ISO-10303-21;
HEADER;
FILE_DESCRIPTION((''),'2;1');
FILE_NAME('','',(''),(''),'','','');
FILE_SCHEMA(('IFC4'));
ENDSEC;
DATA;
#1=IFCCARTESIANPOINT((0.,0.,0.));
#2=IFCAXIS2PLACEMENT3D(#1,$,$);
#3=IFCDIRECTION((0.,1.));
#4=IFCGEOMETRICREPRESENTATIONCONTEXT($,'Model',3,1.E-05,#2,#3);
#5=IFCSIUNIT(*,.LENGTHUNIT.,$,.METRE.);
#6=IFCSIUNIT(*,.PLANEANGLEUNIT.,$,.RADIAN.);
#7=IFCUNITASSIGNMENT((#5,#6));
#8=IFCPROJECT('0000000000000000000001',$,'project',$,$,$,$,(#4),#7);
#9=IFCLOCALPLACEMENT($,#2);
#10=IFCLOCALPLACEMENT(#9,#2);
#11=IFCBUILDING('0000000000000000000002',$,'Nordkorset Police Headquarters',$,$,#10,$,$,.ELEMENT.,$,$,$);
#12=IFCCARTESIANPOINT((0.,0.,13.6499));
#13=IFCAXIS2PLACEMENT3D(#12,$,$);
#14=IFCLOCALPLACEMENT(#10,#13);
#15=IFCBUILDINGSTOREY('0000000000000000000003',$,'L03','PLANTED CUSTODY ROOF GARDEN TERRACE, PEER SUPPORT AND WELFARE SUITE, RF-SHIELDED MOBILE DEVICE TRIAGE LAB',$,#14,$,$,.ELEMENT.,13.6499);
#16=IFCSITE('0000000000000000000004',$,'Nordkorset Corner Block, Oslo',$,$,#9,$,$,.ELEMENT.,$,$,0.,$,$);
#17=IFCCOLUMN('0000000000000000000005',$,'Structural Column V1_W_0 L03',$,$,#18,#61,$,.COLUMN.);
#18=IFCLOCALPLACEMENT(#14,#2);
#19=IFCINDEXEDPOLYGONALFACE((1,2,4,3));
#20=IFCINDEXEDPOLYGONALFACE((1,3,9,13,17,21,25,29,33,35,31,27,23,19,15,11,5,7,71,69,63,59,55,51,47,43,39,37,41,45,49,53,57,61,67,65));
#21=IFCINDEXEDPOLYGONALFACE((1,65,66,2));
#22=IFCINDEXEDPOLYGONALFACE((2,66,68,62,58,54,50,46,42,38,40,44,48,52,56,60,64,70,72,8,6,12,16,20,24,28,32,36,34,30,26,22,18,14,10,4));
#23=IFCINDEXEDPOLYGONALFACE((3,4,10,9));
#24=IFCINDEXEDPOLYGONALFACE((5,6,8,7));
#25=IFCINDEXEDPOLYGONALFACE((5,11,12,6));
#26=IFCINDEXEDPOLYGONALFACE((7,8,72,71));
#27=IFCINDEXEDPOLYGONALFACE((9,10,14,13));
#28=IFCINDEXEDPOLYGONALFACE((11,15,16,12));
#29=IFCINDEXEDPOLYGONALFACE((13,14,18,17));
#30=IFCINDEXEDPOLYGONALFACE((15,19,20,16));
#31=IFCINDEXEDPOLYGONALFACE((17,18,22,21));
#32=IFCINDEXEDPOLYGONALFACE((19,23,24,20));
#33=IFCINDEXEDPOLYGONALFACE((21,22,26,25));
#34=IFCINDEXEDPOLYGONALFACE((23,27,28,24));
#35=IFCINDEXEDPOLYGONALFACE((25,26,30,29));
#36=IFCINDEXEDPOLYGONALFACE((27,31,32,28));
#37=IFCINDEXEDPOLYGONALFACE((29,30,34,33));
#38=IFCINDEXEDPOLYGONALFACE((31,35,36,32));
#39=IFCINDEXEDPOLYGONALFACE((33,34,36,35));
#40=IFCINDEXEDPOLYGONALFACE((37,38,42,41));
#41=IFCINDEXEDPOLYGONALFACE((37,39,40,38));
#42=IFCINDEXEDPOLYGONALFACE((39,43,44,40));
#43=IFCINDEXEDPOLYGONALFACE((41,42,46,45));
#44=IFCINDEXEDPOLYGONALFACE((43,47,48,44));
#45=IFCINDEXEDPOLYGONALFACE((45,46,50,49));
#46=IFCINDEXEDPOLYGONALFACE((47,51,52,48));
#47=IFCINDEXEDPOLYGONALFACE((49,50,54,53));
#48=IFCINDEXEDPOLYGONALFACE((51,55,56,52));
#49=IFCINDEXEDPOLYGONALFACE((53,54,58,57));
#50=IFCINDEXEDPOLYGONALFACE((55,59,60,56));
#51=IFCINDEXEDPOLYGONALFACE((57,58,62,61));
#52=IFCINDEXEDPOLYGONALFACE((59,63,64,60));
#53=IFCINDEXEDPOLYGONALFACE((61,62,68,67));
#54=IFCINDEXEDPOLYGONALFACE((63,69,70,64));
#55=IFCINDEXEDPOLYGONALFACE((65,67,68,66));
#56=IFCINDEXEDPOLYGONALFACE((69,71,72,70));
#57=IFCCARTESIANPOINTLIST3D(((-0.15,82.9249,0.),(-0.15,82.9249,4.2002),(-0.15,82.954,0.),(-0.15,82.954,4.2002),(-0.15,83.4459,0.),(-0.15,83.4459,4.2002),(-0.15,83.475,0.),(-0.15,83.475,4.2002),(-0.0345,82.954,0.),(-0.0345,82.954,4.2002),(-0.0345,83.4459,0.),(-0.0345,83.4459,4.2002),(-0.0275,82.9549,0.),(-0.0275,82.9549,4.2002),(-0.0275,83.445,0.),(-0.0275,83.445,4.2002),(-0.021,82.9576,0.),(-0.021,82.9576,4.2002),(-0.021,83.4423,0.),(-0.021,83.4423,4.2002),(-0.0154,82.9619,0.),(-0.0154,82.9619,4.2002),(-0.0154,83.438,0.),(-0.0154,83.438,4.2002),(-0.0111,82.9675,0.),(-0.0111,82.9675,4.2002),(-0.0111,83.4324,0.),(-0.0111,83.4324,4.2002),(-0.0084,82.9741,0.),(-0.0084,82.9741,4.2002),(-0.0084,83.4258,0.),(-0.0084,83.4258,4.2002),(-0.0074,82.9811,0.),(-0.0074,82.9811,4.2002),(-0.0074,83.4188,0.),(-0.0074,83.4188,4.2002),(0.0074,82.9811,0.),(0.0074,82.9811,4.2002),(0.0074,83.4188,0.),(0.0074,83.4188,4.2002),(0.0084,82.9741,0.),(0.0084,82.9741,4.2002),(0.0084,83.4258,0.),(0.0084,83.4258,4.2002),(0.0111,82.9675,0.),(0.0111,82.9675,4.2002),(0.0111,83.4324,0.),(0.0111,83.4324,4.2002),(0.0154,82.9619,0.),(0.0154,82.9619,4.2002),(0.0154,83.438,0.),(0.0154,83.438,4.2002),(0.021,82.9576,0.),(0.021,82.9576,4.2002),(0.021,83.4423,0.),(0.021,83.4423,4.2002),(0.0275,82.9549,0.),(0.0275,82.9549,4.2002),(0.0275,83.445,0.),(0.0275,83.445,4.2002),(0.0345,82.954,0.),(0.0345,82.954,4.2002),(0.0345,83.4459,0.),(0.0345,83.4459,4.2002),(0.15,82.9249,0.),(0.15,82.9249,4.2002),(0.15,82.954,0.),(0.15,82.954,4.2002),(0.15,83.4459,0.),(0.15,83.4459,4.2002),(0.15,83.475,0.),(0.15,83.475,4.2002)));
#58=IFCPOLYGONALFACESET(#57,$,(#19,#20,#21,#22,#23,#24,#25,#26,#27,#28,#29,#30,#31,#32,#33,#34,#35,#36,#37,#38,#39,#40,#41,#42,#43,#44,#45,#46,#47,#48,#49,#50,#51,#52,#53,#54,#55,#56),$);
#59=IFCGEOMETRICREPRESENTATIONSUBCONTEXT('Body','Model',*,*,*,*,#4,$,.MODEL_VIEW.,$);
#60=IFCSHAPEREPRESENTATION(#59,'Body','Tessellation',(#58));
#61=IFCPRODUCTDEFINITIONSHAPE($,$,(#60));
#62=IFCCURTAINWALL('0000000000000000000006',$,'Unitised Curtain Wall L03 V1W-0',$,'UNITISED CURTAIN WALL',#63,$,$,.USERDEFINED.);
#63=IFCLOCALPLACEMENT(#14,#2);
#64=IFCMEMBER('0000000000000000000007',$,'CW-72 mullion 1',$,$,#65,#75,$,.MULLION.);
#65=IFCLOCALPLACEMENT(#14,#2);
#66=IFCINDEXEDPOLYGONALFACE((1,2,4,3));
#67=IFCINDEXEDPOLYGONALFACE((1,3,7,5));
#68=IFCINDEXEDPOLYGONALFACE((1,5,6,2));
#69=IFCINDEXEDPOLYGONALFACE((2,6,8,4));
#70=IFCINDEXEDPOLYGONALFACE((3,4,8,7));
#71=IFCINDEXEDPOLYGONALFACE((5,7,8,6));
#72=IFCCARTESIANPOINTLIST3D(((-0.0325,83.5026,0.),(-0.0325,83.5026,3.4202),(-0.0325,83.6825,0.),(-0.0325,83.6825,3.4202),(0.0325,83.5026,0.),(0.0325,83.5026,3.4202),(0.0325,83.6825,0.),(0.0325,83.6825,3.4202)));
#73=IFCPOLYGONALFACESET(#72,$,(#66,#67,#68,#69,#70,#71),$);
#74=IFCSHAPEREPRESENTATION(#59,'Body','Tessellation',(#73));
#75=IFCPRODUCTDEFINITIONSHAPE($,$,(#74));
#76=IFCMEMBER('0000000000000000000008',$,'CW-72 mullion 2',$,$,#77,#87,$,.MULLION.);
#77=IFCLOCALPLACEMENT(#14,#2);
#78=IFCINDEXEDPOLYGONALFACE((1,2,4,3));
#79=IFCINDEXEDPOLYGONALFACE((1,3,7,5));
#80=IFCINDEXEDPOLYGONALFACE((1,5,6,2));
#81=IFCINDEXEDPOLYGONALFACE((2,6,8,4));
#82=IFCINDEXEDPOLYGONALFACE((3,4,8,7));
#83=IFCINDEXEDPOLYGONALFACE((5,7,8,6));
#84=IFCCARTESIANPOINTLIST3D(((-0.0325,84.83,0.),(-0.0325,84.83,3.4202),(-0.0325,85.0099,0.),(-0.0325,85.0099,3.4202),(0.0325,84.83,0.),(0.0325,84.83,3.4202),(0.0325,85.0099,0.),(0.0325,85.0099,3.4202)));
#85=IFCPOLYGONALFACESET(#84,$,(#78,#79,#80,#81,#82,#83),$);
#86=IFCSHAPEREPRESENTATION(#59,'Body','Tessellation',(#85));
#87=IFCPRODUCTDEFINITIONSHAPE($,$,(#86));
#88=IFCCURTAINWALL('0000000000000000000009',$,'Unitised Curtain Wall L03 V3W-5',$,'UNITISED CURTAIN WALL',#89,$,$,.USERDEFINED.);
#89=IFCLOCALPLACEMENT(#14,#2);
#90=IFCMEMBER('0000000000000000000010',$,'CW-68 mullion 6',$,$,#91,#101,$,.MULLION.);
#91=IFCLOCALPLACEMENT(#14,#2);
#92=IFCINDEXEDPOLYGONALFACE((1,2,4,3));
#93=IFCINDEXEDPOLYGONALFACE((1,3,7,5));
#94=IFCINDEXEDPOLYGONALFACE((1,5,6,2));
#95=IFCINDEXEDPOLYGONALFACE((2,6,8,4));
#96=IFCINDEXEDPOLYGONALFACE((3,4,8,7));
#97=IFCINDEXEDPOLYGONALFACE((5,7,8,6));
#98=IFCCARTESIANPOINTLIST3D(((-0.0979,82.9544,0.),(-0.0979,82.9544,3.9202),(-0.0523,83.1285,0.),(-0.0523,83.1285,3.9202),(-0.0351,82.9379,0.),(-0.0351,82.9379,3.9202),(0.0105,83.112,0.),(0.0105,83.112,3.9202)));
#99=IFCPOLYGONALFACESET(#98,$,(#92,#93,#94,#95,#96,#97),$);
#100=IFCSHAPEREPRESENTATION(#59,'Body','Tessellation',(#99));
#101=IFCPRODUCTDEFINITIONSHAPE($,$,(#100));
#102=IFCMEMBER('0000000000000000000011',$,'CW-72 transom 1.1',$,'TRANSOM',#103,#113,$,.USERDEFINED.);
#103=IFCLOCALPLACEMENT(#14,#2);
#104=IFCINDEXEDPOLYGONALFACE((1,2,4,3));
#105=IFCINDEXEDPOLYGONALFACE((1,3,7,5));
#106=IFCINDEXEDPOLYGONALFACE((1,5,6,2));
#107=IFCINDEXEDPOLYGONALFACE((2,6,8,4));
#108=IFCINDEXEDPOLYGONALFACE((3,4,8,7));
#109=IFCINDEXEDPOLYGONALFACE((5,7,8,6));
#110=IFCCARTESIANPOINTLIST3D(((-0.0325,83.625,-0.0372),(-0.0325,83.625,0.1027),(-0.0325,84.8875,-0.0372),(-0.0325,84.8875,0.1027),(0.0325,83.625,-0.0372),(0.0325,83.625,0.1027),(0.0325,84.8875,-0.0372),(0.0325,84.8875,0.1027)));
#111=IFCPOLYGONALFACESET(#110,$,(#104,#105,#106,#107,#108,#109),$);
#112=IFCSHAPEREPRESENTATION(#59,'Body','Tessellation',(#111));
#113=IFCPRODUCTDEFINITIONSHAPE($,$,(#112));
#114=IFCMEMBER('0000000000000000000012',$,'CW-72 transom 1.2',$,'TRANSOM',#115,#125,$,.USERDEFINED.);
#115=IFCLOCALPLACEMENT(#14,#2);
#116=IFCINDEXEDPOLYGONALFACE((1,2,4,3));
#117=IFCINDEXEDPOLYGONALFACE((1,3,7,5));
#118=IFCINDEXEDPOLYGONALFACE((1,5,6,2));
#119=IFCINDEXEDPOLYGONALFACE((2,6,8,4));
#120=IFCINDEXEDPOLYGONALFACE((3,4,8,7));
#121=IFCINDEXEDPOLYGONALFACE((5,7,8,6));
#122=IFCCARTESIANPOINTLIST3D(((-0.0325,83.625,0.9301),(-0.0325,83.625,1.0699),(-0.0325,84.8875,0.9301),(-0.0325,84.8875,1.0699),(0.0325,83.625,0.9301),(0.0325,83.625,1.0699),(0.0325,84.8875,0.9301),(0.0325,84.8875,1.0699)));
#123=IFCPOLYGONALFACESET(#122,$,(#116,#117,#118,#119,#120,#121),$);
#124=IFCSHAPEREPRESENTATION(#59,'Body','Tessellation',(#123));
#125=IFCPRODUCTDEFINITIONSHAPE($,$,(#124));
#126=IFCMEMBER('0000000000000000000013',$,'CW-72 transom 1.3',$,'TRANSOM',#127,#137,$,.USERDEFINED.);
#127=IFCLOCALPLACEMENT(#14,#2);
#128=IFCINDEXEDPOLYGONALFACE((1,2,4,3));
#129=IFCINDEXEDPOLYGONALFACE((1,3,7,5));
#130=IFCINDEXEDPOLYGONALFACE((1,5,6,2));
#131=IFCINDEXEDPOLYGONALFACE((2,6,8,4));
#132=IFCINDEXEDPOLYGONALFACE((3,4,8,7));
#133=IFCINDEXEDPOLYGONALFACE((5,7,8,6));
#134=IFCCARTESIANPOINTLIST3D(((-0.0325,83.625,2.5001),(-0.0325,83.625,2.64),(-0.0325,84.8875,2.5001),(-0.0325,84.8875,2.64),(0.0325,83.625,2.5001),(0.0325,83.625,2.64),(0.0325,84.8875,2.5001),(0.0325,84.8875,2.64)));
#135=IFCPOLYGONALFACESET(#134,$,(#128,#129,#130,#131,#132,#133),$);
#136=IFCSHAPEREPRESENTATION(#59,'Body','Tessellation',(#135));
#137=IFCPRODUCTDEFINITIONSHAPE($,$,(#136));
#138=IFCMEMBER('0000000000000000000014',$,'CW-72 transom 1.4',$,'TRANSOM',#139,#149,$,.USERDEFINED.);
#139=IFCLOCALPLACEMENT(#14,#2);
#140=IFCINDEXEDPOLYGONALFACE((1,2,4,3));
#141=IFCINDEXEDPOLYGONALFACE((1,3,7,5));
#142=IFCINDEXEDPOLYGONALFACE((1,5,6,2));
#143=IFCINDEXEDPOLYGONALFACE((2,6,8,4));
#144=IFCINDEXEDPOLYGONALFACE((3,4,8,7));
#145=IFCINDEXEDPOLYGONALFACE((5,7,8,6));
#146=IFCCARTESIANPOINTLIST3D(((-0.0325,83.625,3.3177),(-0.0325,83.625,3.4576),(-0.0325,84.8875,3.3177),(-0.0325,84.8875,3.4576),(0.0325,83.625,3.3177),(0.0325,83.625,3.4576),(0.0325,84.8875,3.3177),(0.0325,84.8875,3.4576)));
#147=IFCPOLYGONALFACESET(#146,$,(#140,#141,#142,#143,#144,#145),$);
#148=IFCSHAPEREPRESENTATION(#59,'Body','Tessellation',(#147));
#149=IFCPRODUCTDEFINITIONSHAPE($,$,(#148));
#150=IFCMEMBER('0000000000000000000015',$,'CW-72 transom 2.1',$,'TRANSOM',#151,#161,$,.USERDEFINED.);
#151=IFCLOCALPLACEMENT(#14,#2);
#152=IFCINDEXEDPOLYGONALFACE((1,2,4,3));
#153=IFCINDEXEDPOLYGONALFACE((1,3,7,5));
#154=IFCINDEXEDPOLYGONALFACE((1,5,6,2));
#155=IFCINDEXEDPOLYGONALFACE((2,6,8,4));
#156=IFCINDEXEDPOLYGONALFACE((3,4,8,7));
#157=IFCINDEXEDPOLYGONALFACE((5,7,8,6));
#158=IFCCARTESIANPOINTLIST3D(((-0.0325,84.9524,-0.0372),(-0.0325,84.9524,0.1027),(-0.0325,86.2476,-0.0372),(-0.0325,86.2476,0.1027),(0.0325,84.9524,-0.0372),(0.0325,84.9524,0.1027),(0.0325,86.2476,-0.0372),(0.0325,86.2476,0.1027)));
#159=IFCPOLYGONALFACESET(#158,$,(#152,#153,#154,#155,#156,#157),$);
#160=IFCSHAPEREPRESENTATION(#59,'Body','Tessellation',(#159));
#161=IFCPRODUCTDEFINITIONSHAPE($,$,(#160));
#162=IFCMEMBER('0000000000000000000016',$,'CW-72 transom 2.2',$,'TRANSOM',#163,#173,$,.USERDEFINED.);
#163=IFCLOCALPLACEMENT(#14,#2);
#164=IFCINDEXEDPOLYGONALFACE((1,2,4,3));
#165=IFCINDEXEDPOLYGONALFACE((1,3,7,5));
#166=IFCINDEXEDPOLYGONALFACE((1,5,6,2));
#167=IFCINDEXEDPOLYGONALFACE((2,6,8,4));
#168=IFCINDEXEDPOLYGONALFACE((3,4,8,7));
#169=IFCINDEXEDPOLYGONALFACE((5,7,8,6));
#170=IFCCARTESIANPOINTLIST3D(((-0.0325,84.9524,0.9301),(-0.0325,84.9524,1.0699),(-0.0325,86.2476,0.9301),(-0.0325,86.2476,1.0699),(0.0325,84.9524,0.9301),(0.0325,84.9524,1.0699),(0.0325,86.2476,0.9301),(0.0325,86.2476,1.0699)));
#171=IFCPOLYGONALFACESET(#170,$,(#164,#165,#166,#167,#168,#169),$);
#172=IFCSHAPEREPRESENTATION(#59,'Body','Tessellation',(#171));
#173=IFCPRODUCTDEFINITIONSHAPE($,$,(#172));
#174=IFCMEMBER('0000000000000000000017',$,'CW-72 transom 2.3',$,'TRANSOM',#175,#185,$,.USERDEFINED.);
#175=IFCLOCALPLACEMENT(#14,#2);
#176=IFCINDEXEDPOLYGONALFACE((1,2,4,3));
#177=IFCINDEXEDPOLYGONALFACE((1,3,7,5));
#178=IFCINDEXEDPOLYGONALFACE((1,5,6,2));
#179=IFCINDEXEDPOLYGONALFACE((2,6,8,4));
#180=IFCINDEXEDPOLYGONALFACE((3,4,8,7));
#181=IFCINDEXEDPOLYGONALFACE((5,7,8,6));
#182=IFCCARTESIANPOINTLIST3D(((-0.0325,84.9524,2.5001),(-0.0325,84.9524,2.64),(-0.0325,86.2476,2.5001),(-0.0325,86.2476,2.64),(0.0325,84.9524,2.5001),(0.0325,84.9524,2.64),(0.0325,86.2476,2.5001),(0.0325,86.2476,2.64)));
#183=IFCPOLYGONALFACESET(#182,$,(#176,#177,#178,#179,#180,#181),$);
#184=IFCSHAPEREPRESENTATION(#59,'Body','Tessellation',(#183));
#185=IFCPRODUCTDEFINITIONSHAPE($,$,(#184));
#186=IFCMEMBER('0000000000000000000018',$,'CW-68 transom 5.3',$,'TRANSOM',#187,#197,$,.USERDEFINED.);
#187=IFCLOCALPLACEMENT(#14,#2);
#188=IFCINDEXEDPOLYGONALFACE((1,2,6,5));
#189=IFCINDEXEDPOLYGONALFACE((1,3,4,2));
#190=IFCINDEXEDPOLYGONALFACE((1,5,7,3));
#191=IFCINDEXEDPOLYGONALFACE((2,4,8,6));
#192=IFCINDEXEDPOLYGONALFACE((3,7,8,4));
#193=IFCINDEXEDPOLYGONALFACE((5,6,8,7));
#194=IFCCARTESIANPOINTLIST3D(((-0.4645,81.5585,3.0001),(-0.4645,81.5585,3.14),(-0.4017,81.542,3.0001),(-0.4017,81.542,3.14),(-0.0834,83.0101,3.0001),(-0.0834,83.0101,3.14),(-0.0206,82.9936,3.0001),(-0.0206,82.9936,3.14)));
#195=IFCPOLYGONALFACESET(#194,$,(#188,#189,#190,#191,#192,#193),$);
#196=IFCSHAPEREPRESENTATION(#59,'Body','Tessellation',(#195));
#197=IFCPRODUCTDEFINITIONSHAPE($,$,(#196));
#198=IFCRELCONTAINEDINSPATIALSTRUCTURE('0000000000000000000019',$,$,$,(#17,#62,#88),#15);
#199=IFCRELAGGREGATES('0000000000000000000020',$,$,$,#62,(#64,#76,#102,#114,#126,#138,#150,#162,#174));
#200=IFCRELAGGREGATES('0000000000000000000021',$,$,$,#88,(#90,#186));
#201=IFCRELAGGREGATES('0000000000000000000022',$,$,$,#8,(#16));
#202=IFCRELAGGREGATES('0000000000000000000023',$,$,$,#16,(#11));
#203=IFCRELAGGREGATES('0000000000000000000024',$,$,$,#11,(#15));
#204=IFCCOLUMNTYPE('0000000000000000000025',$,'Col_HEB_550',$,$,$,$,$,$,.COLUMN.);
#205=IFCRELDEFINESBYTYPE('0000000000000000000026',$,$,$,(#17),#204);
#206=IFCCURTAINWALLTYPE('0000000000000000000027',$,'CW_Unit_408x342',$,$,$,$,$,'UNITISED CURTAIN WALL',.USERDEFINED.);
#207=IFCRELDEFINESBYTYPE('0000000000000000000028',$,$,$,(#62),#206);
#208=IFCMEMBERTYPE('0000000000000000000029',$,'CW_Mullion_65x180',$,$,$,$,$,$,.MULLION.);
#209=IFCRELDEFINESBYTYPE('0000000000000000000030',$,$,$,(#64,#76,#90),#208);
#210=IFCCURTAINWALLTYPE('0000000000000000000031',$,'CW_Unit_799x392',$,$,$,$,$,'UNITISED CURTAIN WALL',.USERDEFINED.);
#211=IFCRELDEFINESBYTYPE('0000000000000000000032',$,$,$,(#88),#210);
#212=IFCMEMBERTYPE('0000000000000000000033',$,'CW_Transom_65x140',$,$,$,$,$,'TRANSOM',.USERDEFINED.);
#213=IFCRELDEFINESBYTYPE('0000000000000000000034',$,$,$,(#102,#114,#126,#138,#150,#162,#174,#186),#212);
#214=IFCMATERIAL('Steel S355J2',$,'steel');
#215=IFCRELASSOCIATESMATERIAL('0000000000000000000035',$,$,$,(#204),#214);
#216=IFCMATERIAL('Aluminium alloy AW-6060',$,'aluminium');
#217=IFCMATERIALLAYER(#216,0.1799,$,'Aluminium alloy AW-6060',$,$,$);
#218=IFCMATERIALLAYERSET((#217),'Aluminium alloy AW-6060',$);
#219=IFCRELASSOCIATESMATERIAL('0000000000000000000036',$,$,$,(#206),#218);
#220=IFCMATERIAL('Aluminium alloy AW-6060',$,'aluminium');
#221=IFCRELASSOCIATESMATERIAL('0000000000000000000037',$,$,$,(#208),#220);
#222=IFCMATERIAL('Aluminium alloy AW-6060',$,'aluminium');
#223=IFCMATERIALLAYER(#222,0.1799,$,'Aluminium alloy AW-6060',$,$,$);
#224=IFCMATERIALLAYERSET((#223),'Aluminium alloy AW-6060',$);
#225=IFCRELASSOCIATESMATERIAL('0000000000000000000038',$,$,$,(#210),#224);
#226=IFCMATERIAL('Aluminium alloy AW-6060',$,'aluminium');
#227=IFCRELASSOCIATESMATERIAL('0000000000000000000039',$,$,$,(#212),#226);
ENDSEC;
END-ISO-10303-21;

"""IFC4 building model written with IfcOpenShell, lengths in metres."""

from ifc_helpers import new_model, si_unit, direction, frame, origin, origin_2d, place, context, subcontext, project, spatial, rectangle, i_section, extrude, material, layer, layer_set, material_profile, profile_set, type_object, element, aggregate, save


model = new_model("IFC4")

# Units and contexts
model_context = context("Model", 3, precision=1e-05, world=origin(), true_north=direction((0.0, 1.0)))
body_context = subcontext(model_context, "Body", "Model", "MODEL_VIEW")
ifc_project = project(units=[si_unit("LENGTHUNIT", "METRE"), si_unit("PLANEANGLEUNIT", "RADIAN")], contexts=[model_context])

# Site, building, storey
site_placement = place(None, origin())
site = spatial("IfcSite", under=ifc_project, at=site_placement, Name="Nordkorset Corner Block, Oslo", CompositionType="ELEMENT", RefElevation=0.0)
building_placement = place(site_placement, origin())
building = spatial("IfcBuilding", under=site, at=building_placement, Name="Nordkorset Police Headquarters", CompositionType="ELEMENT")
storey_placement = place(building_placement, frame((0.0, 0.0, 13.6499)))
storey = spatial("IfcBuildingStorey", under=building, at=storey_placement, Name="L03", Description="PLANTED CUSTODY ROOF GARDEN TERRACE, PEER SUPPORT AND WELFARE SUITE, RF-SHIELDED MOBILE DEVICE TRIAGE LAB", CompositionType="ELEMENT", Elevation=13.6499)

# Column
ifc_material_1 = material(Name="Steel S355J2", Category="steel")
ifc_material_profile_1 = material_profile(ifc_material_1, i_section(OverallWidth=0.3, OverallDepth=0.55, WebThickness=0.0149, FlangeThickness=0.0291, FilletRadius=0.0271, at=origin_2d()), Name="HEB 550")
ifc_profile_set_1 = profile_set([ifc_material_profile_1], Name="Steel S355J2")
column_type = type_object("IfcColumnType", Name="Col_HEB_550", PredefinedType="COLUMN", material=ifc_profile_set_1)
column_placement = place(storey_placement, frame((0.0, 83.2, 0.0), z_axis=(0.0, 0.0, 1.0), x_axis=(1.0, 0.0, 0.0)))
element("IfcColumn", 1, at=column_placement, inside=storey, type_object=column_type, Name="Structural Column V1_W_0 L03", PredefinedType="COLUMN", context=body_context, shape_type="SweptSolid", body=[
    extrude(i_section(OverallWidth=0.3, OverallDepth=0.55, WebThickness=0.0149, FlangeThickness=0.0291, FilletRadius=0.0271, at=origin_2d()), origin(), (0.0, 0.0, 1.0), 4.2002),
])

# Curtain wall, members
ifc_material_2 = material(Name="Aluminium alloy AW-6060", Category="aluminium")
ifc_layer_1 = layer(ifc_material_2, 0.1799, Name="Aluminium alloy AW-6060")
ifc_layer_set_1 = layer_set([ifc_layer_1], Name="Aluminium alloy AW-6060")
curtain_wall_type_1 = type_object("IfcCurtainWallType", Name="CW_Unit_408x342", ElementType="UNITISED CURTAIN WALL", PredefinedType="USERDEFINED", material=ifc_layer_set_1)
curtain_wall_1_placement = place(storey_placement, origin())
curtain_wall_1 = element("IfcCurtainWall", 2, at=curtain_wall_1_placement, inside=storey, type_object=curtain_wall_type_1, Name="Unitised Curtain Wall L03 V1W-0", ObjectType="UNITISED CURTAIN WALL", PredefinedType="USERDEFINED")
ifc_material_3 = material(Name="Aluminium alloy AW-6060", Category="aluminium")
ifc_material_profile_2 = material_profile(ifc_material_3, rectangle(XDim=0.0649, YDim=0.1799, at=origin_2d()), Name="ALU MULL 65x180")
ifc_profile_set_2 = profile_set([ifc_material_profile_2], Name="Aluminium alloy AW-6060")
member_type_1 = type_object("IfcMemberType", Name="CW_Mullion_65x180", PredefinedType="MULLION", material=ifc_profile_set_2)
member_1_placement = place(storey_placement, frame((0.0, 83.5925, 0.0), z_axis=(0.0, 0.0, 1.0), x_axis=(-1.0, 0.0, 0.0)))
member_1 = element("IfcMember", 3, at=member_1_placement, type_object=member_type_1, Name="CW-72 mullion 1", PredefinedType="MULLION", context=body_context, shape_type="SweptSolid", body=[
    extrude(rectangle(XDim=0.0649, YDim=0.1799, at=origin_2d()), origin(), (0.0, 0.0, 1.0), 3.4202),
])
member_2_placement = place(storey_placement, frame((0.0, 84.9199, 0.0), z_axis=(0.0, 0.0, 1.0), x_axis=(-1.0, 0.0, 0.0)))
member_2 = element("IfcMember", 4, at=member_2_placement, type_object=member_type_1, Name="CW-72 mullion 2", PredefinedType="MULLION", context=body_context, shape_type="SweptSolid", body=[
    extrude(rectangle(XDim=0.0649, YDim=0.1799, at=origin_2d()), origin(), (0.0, 0.0, 1.0), 3.4202),
])

# Curtain wall, member
ifc_material_4 = material(Name="Aluminium alloy AW-6060", Category="aluminium")
ifc_layer_2 = layer(ifc_material_4, 0.1799, Name="Aluminium alloy AW-6060")
ifc_layer_set_2 = layer_set([ifc_layer_2], Name="Aluminium alloy AW-6060")
curtain_wall_type_2 = type_object("IfcCurtainWallType", Name="CW_Unit_799x392", ElementType="UNITISED CURTAIN WALL", PredefinedType="USERDEFINED", material=ifc_layer_set_2)
curtain_wall_2_placement = place(storey_placement, origin())
curtain_wall_2 = element("IfcCurtainWall", 5, at=curtain_wall_2_placement, inside=storey, type_object=curtain_wall_type_2, Name="Unitised Curtain Wall L03 V3W-5", ObjectType="UNITISED CURTAIN WALL", PredefinedType="USERDEFINED")
member_3_placement = place(storey_placement, frame((-0.0437, 83.0332, 0.0), z_axis=(0.0, 0.0, 1.0), x_axis=(-0.967231, 0.253897, 0.0)))
member_3 = element("IfcMember", 6, at=member_3_placement, type_object=member_type_1, Name="CW-68 mullion 6", PredefinedType="MULLION", context=body_context, shape_type="SweptSolid", body=[
    extrude(rectangle(XDim=0.0649, YDim=0.1799, at=origin_2d()), origin(), (0.0, 0.0, 1.0), 3.9202),
])

# Members
ifc_material_5 = material(Name="Aluminium alloy AW-6060", Category="aluminium")
ifc_material_profile_3 = material_profile(ifc_material_5, rectangle(XDim=0.0649, YDim=0.1399, at=origin_2d()), Name="ALU TRAN 65x140")
ifc_profile_set_3 = profile_set([ifc_material_profile_3], Name="Aluminium alloy AW-6060")
member_type_2 = type_object("IfcMemberType", Name="CW_Transom_65x140", ElementType="TRANSOM", PredefinedType="USERDEFINED", material=ifc_profile_set_3)
member_4_placement = place(storey_placement, frame((0.0, 83.625, 0.0327), z_axis=(0.0, 1.0, 0.0), x_axis=(-1.0, 0.0, 0.0)))
member_4 = element("IfcMember", 7, at=member_4_placement, type_object=member_type_2, Name="CW-72 transom 1.1", ObjectType="TRANSOM", PredefinedType="USERDEFINED", context=body_context, shape_type="SweptSolid", body=[
    extrude(rectangle(XDim=0.0649, YDim=0.1399, at=origin_2d()), origin(), (0.0, 0.0, 1.0), 1.2625),
])
member_5_placement = place(storey_placement, frame((0.0, 83.625, 1.0), z_axis=(0.0, 1.0, 0.0), x_axis=(-1.0, 0.0, 0.0)))
member_5 = element("IfcMember", 8, at=member_5_placement, type_object=member_type_2, Name="CW-72 transom 1.2", ObjectType="TRANSOM", PredefinedType="USERDEFINED", context=body_context, shape_type="SweptSolid", body=[
    extrude(rectangle(XDim=0.0649, YDim=0.1399, at=origin_2d()), origin(), (0.0, 0.0, 1.0), 1.2625),
])
member_6_placement = place(storey_placement, frame((0.0, 83.625, 2.5701), z_axis=(0.0, 1.0, 0.0), x_axis=(-1.0, 0.0, 0.0)))
member_6 = element("IfcMember", 9, at=member_6_placement, type_object=member_type_2, Name="CW-72 transom 1.3", ObjectType="TRANSOM", PredefinedType="USERDEFINED", context=body_context, shape_type="SweptSolid", body=[
    extrude(rectangle(XDim=0.0649, YDim=0.1399, at=origin_2d()), origin(), (0.0, 0.0, 1.0), 1.2625),
])
member_7_placement = place(storey_placement, frame((0.0, 83.625, 3.3877), z_axis=(0.0, 1.0, 0.0), x_axis=(-1.0, 0.0, 0.0)))
member_7 = element("IfcMember", 10, at=member_7_placement, type_object=member_type_2, Name="CW-72 transom 1.4", ObjectType="TRANSOM", PredefinedType="USERDEFINED", context=body_context, shape_type="SweptSolid", body=[
    extrude(rectangle(XDim=0.0649, YDim=0.1399, at=origin_2d()), origin(), (0.0, 0.0, 1.0), 1.2625),
])
member_8_placement = place(storey_placement, frame((0.0, 84.9524, 0.0327), z_axis=(0.0, 1.0, 0.0), x_axis=(-1.0, 0.0, 0.0)))
member_8 = element("IfcMember", 11, at=member_8_placement, type_object=member_type_2, Name="CW-72 transom 2.1", ObjectType="TRANSOM", PredefinedType="USERDEFINED", context=body_context, shape_type="SweptSolid", body=[
    extrude(rectangle(XDim=0.0649, YDim=0.1399, at=origin_2d()), origin(), (0.0, 0.0, 1.0), 1.2952),
])
member_9_placement = place(storey_placement, frame((0.0, 84.9524, 1.0), z_axis=(0.0, 1.0, 0.0), x_axis=(-1.0, 0.0, 0.0)))
member_9 = element("IfcMember", 12, at=member_9_placement, type_object=member_type_2, Name="CW-72 transom 2.2", ObjectType="TRANSOM", PredefinedType="USERDEFINED", context=body_context, shape_type="SweptSolid", body=[
    extrude(rectangle(XDim=0.0649, YDim=0.1399, at=origin_2d()), origin(), (0.0, 0.0, 1.0), 1.2952),
])
member_10_placement = place(storey_placement, frame((0.0, 84.9524, 2.5701), z_axis=(0.0, 1.0, 0.0), x_axis=(-1.0, 0.0, 0.0)))
member_10 = element("IfcMember", 13, at=member_10_placement, type_object=member_type_2, Name="CW-72 transom 2.3", ObjectType="TRANSOM", PredefinedType="USERDEFINED", context=body_context, shape_type="SweptSolid", body=[
    extrude(rectangle(XDim=0.0649, YDim=0.1399, at=origin_2d()), origin(), (0.0, 0.0, 1.0), 1.2952),
])
member_11_placement = place(storey_placement, frame((-0.4331, 81.5503, 3.0701), z_axis=(0.253965, 0.967213, 0.0), x_axis=(-0.967213, 0.253965, 0.0)))
member_11 = element("IfcMember", 14, at=member_11_placement, type_object=member_type_2, Name="CW-68 transom 5.3", ObjectType="TRANSOM", PredefinedType="USERDEFINED", context=body_context, shape_type="SweptSolid", body=[
    extrude(rectangle(XDim=0.0649, YDim=0.1399, at=origin_2d()), origin(), (0.0, 0.0, 1.0), 1.5007),
])

aggregate(curtain_wall_1, [member_1, member_2, member_4, member_5, member_6, member_7, member_8, member_9, member_10])
aggregate(curtain_wall_2, [member_3, member_11])

save(model, "model.ifc")
